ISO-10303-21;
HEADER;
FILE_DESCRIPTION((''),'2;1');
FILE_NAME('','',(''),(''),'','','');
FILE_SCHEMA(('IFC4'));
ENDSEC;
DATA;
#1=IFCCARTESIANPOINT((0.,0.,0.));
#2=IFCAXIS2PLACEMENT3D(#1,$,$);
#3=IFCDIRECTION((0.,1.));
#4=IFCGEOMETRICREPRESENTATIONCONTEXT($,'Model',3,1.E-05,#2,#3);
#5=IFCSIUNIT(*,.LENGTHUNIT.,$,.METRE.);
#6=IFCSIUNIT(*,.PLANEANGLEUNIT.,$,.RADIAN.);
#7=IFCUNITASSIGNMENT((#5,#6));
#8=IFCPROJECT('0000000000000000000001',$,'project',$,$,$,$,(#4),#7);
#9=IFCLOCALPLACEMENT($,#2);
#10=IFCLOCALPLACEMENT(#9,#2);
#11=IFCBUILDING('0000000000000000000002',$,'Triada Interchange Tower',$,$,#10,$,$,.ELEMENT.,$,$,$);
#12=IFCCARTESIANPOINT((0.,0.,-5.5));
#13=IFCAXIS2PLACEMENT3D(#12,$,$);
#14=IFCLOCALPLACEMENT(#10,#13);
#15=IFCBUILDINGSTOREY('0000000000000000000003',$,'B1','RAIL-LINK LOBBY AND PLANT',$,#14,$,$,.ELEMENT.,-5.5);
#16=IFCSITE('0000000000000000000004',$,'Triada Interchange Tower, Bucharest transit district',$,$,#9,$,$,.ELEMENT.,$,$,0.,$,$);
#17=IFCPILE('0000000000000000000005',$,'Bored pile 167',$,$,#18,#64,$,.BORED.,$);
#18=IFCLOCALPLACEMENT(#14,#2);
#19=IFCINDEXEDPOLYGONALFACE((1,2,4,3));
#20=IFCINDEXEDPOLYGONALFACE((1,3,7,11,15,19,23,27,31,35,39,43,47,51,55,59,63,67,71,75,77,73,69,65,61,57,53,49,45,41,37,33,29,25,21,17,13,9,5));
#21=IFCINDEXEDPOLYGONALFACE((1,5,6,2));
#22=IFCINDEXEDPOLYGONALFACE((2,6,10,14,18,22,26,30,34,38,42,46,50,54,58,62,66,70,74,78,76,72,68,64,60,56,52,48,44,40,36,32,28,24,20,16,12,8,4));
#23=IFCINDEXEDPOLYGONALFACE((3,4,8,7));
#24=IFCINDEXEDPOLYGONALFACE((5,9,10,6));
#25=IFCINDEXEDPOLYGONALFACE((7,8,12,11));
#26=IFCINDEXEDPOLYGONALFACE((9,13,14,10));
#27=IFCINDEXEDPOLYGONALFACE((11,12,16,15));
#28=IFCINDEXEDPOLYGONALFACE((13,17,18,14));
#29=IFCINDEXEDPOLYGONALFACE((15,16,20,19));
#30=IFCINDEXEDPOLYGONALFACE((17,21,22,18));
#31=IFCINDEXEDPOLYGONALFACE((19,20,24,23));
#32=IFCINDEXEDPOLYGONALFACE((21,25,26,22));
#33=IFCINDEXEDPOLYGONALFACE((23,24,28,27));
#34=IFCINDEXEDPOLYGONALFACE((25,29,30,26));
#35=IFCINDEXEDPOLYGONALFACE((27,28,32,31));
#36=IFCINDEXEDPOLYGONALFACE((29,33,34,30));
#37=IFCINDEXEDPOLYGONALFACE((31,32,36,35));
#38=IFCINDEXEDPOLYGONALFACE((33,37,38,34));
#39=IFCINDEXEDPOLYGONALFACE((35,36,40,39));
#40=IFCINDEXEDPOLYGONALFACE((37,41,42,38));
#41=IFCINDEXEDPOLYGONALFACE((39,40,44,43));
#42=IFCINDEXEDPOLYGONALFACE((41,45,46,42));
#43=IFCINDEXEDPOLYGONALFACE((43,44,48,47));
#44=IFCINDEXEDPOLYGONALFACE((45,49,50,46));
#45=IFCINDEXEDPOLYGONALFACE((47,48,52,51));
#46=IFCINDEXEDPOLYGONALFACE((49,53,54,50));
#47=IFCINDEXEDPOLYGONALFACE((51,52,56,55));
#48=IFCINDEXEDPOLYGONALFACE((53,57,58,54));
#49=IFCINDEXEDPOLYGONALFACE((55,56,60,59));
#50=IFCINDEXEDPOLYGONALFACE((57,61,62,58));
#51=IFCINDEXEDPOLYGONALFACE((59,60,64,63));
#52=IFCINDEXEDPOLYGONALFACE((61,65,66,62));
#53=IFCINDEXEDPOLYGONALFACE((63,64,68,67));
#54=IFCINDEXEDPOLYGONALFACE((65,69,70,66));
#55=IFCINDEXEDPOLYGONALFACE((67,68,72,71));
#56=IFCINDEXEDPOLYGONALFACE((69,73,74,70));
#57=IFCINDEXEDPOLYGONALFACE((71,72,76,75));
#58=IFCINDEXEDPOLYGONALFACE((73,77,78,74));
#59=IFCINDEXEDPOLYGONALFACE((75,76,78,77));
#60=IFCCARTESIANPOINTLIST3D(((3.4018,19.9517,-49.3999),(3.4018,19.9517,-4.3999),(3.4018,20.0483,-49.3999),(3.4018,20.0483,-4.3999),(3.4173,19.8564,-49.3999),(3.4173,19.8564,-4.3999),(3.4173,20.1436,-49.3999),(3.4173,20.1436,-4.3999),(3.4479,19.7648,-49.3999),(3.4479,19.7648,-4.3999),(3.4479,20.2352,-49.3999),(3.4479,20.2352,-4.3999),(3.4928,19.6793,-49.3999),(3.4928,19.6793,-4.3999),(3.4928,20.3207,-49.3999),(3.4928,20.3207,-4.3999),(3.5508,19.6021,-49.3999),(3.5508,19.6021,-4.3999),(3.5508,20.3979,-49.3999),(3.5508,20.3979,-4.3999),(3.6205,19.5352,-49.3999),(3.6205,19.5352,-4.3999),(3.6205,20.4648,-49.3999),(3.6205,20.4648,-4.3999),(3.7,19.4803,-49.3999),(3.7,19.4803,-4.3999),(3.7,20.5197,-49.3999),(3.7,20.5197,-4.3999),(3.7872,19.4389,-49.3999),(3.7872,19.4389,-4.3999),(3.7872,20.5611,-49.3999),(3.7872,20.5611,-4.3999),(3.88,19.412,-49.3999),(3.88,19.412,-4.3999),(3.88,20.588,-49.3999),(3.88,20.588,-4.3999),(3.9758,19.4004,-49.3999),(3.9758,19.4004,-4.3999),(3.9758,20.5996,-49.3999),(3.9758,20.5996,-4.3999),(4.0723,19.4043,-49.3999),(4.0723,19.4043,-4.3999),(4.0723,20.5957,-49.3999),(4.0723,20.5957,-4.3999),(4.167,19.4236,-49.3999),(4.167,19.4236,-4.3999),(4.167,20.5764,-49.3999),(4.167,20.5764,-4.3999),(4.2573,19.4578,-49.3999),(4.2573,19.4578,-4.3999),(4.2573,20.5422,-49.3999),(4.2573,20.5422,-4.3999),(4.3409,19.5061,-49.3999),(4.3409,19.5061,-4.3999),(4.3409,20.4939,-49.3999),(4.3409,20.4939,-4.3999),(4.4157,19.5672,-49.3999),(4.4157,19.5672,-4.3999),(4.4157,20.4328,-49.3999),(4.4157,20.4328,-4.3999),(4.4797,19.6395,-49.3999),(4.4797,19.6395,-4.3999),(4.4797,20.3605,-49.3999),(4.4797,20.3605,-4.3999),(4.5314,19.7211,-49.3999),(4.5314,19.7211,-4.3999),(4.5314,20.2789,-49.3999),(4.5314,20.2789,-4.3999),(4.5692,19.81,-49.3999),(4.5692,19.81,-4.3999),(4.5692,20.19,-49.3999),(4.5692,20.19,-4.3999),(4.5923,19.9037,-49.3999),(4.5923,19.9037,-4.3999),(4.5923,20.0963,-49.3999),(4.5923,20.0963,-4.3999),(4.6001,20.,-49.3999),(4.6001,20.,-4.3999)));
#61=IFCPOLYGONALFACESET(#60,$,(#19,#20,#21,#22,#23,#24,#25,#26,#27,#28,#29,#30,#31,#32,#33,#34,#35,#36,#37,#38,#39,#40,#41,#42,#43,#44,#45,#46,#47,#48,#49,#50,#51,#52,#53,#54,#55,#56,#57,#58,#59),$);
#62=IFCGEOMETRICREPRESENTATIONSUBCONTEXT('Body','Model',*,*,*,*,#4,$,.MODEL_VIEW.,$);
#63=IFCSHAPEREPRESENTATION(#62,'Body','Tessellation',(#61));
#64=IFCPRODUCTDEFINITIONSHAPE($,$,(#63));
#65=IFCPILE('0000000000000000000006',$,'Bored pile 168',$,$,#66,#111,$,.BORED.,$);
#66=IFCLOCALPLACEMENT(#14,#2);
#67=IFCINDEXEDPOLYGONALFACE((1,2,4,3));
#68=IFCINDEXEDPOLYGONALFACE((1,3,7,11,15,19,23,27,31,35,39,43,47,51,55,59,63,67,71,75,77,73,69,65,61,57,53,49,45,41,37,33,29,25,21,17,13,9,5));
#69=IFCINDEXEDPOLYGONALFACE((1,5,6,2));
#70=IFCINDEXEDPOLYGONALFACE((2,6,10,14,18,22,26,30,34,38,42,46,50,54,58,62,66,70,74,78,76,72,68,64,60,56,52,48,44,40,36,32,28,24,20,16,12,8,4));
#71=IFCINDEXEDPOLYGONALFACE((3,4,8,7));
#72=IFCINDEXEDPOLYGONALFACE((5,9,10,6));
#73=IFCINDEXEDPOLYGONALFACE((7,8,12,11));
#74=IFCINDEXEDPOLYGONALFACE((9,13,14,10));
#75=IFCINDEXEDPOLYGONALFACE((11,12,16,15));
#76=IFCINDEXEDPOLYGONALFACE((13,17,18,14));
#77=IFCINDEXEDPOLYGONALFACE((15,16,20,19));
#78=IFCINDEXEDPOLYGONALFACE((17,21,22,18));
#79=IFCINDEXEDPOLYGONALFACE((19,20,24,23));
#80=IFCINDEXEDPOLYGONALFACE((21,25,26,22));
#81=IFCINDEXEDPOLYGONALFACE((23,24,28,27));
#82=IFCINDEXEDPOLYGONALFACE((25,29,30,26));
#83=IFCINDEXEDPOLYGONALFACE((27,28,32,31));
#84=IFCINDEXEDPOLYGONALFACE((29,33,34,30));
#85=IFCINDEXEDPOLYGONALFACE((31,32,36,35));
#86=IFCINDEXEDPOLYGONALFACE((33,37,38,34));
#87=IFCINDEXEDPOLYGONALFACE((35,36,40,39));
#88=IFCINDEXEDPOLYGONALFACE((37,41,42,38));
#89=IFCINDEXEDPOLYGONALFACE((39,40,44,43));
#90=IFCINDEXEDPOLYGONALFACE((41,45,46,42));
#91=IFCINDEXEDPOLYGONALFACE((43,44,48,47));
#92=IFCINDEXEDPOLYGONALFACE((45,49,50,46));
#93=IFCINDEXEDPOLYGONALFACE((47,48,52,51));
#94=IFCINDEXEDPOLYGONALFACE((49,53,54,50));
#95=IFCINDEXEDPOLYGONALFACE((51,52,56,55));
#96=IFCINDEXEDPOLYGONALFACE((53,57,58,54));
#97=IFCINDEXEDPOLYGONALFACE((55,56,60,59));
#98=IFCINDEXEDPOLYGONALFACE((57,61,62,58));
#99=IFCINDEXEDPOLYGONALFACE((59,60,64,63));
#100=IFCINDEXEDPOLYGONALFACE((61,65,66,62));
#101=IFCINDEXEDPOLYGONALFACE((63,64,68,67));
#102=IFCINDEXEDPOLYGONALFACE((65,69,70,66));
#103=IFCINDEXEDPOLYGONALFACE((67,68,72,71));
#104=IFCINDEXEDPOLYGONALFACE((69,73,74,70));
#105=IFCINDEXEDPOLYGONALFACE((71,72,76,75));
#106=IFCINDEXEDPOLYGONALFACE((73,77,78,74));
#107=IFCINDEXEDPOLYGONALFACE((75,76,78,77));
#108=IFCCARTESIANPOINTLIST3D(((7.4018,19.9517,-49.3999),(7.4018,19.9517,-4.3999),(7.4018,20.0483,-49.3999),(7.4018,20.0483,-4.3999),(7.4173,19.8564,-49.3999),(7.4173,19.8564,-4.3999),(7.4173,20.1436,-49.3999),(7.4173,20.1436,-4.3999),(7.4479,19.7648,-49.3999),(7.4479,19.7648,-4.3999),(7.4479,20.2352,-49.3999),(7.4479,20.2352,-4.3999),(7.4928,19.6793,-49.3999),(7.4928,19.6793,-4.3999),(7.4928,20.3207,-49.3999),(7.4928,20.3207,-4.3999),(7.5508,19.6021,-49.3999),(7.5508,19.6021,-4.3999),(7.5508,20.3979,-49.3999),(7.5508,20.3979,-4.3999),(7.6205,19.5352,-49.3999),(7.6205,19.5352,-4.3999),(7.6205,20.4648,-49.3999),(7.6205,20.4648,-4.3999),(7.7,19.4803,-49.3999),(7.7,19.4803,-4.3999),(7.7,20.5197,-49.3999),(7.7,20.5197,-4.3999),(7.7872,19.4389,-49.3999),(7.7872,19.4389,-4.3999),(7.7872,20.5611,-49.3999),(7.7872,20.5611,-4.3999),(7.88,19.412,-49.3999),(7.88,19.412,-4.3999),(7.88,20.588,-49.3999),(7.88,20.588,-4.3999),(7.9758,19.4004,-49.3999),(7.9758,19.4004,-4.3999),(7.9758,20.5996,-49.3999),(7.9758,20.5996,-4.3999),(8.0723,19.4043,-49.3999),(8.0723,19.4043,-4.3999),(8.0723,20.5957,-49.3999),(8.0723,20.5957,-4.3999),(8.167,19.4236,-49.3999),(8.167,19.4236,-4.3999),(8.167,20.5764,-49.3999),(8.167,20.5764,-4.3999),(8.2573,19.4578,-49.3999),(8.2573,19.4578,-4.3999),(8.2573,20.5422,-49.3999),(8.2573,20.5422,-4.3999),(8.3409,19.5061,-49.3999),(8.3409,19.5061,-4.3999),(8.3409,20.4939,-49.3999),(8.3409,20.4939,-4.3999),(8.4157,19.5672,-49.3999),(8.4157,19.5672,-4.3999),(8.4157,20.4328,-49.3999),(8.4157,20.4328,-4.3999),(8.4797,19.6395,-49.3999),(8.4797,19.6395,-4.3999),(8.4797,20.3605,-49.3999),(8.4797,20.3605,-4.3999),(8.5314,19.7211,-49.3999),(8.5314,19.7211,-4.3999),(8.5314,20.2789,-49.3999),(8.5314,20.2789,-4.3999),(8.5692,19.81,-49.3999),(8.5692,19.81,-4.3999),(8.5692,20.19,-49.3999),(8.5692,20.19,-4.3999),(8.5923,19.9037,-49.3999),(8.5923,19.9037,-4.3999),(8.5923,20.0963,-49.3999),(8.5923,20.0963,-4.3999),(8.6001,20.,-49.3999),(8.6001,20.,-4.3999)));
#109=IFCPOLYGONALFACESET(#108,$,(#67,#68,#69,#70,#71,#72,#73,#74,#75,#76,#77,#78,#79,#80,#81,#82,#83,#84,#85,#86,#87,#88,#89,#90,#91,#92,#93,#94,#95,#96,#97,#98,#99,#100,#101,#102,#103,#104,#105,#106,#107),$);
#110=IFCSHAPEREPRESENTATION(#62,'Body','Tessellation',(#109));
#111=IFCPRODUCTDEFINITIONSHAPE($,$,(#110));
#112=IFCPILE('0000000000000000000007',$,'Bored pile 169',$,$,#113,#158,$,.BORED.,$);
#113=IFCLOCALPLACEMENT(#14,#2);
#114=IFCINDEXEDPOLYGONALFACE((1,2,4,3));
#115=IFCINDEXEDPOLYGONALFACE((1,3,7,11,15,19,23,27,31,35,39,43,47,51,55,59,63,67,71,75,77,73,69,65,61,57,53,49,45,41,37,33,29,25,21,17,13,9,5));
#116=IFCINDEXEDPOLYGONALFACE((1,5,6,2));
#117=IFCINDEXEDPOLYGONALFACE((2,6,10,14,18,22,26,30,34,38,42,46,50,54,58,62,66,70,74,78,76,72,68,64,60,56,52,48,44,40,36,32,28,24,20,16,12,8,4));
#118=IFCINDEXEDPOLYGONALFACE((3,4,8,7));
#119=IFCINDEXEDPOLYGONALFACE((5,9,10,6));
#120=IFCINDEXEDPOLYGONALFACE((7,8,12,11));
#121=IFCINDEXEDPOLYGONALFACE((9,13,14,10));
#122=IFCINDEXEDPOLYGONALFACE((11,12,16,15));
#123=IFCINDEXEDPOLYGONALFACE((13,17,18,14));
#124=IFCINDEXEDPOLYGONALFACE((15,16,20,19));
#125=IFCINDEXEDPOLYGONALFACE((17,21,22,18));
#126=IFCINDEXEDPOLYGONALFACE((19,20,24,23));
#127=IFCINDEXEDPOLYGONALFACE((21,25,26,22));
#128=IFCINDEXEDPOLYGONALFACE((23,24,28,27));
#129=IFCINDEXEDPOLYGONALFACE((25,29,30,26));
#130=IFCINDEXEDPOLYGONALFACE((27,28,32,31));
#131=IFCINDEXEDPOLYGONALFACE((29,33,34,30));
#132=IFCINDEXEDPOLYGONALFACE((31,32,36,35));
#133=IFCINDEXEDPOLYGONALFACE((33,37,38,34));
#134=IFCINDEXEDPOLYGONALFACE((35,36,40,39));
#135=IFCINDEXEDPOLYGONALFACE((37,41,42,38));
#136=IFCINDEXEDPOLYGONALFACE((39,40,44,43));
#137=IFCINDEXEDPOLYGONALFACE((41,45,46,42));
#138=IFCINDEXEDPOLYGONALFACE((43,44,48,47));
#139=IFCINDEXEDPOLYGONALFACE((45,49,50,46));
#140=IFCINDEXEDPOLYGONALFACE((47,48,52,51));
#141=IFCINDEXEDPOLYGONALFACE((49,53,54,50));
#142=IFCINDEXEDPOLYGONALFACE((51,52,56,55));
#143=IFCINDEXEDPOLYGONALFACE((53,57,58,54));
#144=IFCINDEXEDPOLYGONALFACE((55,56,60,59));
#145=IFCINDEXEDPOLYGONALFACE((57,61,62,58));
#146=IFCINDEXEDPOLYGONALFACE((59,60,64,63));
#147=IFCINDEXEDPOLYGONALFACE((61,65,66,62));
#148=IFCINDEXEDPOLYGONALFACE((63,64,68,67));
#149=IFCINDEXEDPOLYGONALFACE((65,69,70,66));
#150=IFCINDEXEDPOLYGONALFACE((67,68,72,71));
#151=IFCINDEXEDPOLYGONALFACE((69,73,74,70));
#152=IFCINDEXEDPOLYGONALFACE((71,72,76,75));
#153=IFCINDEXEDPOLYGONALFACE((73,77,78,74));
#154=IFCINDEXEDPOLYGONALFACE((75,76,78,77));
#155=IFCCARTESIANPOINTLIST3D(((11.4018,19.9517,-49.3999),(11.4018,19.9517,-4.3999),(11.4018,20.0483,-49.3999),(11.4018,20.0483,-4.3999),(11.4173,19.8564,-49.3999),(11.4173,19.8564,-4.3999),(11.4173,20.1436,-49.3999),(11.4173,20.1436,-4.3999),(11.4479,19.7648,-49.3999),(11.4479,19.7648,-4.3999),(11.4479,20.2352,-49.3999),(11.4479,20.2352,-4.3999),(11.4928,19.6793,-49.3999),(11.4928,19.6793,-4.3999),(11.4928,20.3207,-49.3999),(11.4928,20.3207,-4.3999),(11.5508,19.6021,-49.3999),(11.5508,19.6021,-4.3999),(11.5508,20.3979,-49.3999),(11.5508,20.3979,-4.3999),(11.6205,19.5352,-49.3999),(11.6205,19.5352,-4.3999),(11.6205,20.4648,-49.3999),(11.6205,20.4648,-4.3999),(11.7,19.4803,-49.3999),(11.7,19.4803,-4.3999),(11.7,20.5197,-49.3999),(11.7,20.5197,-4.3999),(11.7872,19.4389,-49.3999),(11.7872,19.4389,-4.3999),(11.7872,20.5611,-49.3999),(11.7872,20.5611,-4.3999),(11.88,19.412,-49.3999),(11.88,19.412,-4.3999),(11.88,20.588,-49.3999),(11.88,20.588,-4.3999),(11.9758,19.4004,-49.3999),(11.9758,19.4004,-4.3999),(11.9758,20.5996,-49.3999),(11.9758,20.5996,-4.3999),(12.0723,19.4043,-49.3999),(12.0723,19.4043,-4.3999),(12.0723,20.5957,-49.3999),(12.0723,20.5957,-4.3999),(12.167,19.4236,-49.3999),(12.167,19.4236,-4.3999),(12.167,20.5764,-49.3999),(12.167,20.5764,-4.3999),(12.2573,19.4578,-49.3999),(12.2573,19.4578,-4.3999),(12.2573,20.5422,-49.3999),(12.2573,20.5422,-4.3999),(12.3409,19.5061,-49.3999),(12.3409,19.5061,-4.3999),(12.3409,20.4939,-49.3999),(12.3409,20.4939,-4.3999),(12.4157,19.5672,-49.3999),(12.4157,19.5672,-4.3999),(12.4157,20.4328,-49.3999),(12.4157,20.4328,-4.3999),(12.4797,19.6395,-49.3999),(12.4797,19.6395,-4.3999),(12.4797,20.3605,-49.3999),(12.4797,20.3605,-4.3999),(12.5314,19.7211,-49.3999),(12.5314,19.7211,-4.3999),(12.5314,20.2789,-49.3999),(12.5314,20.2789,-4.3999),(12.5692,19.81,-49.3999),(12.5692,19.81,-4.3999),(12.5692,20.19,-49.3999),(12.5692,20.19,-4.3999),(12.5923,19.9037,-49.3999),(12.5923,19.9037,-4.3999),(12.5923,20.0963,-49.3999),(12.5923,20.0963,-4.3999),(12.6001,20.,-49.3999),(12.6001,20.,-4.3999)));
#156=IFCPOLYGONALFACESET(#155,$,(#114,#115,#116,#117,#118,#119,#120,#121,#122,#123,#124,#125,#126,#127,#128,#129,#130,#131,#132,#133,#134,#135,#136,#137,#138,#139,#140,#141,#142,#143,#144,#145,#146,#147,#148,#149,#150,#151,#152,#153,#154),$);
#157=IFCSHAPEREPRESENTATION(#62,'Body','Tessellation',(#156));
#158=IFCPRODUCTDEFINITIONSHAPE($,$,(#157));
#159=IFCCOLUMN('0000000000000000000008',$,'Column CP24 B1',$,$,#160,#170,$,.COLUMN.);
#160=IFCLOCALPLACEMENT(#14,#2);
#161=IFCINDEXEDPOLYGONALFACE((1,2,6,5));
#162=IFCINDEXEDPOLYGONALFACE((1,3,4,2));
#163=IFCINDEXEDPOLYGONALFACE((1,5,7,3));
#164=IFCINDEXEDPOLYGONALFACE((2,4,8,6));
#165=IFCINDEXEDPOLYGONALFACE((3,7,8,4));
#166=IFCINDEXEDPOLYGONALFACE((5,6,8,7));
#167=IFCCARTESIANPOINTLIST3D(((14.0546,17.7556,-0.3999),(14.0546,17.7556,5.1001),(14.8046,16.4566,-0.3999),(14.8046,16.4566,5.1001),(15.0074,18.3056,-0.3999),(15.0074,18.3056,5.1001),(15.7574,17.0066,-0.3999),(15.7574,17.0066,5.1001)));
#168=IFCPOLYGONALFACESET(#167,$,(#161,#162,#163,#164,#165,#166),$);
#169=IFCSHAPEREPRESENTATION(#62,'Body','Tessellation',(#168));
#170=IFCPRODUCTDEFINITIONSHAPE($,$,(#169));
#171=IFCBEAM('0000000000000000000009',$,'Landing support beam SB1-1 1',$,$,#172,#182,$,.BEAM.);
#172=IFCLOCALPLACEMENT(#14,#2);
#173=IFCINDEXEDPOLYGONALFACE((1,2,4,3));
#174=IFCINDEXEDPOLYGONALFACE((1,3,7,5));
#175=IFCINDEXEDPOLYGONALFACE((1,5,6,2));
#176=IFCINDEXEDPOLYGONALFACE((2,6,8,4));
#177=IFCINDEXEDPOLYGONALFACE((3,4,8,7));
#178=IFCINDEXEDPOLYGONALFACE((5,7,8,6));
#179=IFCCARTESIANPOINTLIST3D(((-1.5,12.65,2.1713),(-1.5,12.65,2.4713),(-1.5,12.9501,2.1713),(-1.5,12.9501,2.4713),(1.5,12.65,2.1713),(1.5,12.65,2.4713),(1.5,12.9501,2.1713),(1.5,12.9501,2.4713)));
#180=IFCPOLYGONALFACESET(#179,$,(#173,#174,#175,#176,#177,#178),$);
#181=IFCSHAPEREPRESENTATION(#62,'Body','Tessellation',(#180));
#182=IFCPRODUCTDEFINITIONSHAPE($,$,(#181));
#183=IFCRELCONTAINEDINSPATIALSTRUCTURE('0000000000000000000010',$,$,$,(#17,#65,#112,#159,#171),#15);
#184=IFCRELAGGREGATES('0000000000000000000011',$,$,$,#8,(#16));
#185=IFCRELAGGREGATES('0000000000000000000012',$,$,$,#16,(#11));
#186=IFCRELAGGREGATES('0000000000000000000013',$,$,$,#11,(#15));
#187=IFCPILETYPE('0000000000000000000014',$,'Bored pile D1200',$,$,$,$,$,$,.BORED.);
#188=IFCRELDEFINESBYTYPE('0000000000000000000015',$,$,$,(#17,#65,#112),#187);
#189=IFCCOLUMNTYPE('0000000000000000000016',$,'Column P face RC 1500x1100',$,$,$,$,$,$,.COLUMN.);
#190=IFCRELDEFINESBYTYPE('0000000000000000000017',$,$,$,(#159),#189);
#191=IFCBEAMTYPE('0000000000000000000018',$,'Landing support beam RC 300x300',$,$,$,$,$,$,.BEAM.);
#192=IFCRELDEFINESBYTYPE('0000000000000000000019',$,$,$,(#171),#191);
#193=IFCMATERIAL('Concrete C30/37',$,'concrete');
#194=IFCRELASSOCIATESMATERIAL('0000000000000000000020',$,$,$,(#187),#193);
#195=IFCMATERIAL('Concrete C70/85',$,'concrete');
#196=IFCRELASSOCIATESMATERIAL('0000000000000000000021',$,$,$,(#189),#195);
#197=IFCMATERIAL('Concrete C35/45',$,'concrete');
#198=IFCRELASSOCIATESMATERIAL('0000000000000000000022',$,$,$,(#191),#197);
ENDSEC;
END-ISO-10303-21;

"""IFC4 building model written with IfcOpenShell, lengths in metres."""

from ifc_helpers import new_model, si_unit, direction, frame, origin, origin_2d, place, context, subcontext, project, spatial, rectangle, circle, extrude, material, material_profile, profile_set, type_object, element, save


model = new_model("IFC4")

# Units and contexts
model_context = context("Model", 3, precision=1e-05, world=origin(), true_north=direction((0.0, 1.0)))
body_context = subcontext(model_context, "Body", "Model", "MODEL_VIEW")
ifc_project = project(units=[si_unit("LENGTHUNIT", "METRE"), si_unit("PLANEANGLEUNIT", "RADIAN")], contexts=[model_context])

# Site, building, storey
site_placement = place(None, origin())
site = spatial("IfcSite", under=ifc_project, at=site_placement, Name="Triada Interchange Tower, Bucharest transit district", CompositionType="ELEMENT", RefElevation=0.0)
building_placement = place(site_placement, origin())
building = spatial("IfcBuilding", under=site, at=building_placement, Name="Triada Interchange Tower", CompositionType="ELEMENT")
storey_placement = place(building_placement, frame((0.0, 0.0, -5.5)))
storey = spatial("IfcBuildingStorey", under=building, at=storey_placement, Name="B1", Description="RAIL-LINK LOBBY AND PLANT", CompositionType="ELEMENT", Elevation=-5.5)

# Piles
ifc_material_1 = material(Name="Concrete C30/37", Category="concrete")
ifc_material_profile_1 = material_profile(ifc_material_1, circle(Radius=0.6001, at=origin_2d()), Name="RC D1200")
ifc_profile_set_1 = profile_set([ifc_material_profile_1], Name="Concrete C30/37")
pile_type = type_object("IfcPileType", Name="Bored pile D1200", PredefinedType="BORED", material=ifc_profile_set_1)
for number, where, z_axis, x_axis, name in (
    (1, (4.0, 20.0, -4.3999), (0.0, 0.0, -1.0), (1.0, 0.0, 0.0), "Bored pile 167"),
    (2, (8.0, 20.0, -4.3999), (0.0, 0.0, -1.0), (1.0, 0.0, 0.0), "Bored pile 168"),
    (3, (12.0, 20.0, -4.3999), (0.0, 0.0, -1.0), (1.0, 0.0, 0.0), "Bored pile 169"),
):
    element("IfcPile", number, at=place(storey_placement, frame(where, z_axis=z_axis, x_axis=x_axis)), inside=storey, type_object=pile_type, Name=name, PredefinedType="BORED", context=body_context, shape_type="SweptSolid", body=[
        extrude(circle(Radius=0.6001, at=origin_2d()), origin(), (0.0, 0.0, 1.0), 45.0),
    ])

# Column
ifc_material_2 = material(Name="Concrete C70/85", Category="concrete")
ifc_material_profile_2 = material_profile(ifc_material_2, rectangle(XDim=1.5, YDim=1.1001, at=origin_2d()), Name="RC 1500x1100")
ifc_profile_set_2 = profile_set([ifc_material_profile_2], Name="Concrete C70/85")
column_type = type_object("IfcColumnType", Name="Column P face RC 1500x1100", PredefinedType="COLUMN", material=ifc_profile_set_2)
column_placement = place(storey_placement, frame((14.906, 17.3811, -0.3999), z_axis=(0.0, 0.0, 1.0), x_axis=(-0.5, 0.866025, 0.0)))
element("IfcColumn", 4, at=column_placement, inside=storey, type_object=column_type, Name="Column CP24 B1", PredefinedType="COLUMN", context=body_context, shape_type="SweptSolid", body=[
    extrude(rectangle(XDim=1.5, YDim=1.1001, at=origin_2d()), origin(), (0.0, 0.0, 1.0), 5.5),
])

# Beam
ifc_material_3 = material(Name="Concrete C35/45", Category="concrete")
ifc_material_profile_3 = material_profile(ifc_material_3, rectangle(XDim=0.3, YDim=0.3, at=origin_2d()), Name="RC 300x300")
ifc_profile_set_3 = profile_set([ifc_material_profile_3], Name="Concrete C35/45")
beam_type = type_object("IfcBeamType", Name="Landing support beam RC 300x300", PredefinedType="BEAM", material=ifc_profile_set_3)
beam_placement = place(storey_placement, frame((1.5, 12.8, 2.3213), z_axis=(-1.0, 0.0, 0.0), x_axis=(0.0, -1.0, 0.0)))
element("IfcBeam", 5, at=beam_placement, inside=storey, type_object=beam_type, Name="Landing support beam SB1-1 1", PredefinedType="BEAM", context=body_context, shape_type="SweptSolid", body=[
    extrude(rectangle(XDim=0.3, YDim=0.3, at=origin_2d()), origin(), (0.0, 0.0, 1.0), 3.0),
])

save(model, "model.ifc")
